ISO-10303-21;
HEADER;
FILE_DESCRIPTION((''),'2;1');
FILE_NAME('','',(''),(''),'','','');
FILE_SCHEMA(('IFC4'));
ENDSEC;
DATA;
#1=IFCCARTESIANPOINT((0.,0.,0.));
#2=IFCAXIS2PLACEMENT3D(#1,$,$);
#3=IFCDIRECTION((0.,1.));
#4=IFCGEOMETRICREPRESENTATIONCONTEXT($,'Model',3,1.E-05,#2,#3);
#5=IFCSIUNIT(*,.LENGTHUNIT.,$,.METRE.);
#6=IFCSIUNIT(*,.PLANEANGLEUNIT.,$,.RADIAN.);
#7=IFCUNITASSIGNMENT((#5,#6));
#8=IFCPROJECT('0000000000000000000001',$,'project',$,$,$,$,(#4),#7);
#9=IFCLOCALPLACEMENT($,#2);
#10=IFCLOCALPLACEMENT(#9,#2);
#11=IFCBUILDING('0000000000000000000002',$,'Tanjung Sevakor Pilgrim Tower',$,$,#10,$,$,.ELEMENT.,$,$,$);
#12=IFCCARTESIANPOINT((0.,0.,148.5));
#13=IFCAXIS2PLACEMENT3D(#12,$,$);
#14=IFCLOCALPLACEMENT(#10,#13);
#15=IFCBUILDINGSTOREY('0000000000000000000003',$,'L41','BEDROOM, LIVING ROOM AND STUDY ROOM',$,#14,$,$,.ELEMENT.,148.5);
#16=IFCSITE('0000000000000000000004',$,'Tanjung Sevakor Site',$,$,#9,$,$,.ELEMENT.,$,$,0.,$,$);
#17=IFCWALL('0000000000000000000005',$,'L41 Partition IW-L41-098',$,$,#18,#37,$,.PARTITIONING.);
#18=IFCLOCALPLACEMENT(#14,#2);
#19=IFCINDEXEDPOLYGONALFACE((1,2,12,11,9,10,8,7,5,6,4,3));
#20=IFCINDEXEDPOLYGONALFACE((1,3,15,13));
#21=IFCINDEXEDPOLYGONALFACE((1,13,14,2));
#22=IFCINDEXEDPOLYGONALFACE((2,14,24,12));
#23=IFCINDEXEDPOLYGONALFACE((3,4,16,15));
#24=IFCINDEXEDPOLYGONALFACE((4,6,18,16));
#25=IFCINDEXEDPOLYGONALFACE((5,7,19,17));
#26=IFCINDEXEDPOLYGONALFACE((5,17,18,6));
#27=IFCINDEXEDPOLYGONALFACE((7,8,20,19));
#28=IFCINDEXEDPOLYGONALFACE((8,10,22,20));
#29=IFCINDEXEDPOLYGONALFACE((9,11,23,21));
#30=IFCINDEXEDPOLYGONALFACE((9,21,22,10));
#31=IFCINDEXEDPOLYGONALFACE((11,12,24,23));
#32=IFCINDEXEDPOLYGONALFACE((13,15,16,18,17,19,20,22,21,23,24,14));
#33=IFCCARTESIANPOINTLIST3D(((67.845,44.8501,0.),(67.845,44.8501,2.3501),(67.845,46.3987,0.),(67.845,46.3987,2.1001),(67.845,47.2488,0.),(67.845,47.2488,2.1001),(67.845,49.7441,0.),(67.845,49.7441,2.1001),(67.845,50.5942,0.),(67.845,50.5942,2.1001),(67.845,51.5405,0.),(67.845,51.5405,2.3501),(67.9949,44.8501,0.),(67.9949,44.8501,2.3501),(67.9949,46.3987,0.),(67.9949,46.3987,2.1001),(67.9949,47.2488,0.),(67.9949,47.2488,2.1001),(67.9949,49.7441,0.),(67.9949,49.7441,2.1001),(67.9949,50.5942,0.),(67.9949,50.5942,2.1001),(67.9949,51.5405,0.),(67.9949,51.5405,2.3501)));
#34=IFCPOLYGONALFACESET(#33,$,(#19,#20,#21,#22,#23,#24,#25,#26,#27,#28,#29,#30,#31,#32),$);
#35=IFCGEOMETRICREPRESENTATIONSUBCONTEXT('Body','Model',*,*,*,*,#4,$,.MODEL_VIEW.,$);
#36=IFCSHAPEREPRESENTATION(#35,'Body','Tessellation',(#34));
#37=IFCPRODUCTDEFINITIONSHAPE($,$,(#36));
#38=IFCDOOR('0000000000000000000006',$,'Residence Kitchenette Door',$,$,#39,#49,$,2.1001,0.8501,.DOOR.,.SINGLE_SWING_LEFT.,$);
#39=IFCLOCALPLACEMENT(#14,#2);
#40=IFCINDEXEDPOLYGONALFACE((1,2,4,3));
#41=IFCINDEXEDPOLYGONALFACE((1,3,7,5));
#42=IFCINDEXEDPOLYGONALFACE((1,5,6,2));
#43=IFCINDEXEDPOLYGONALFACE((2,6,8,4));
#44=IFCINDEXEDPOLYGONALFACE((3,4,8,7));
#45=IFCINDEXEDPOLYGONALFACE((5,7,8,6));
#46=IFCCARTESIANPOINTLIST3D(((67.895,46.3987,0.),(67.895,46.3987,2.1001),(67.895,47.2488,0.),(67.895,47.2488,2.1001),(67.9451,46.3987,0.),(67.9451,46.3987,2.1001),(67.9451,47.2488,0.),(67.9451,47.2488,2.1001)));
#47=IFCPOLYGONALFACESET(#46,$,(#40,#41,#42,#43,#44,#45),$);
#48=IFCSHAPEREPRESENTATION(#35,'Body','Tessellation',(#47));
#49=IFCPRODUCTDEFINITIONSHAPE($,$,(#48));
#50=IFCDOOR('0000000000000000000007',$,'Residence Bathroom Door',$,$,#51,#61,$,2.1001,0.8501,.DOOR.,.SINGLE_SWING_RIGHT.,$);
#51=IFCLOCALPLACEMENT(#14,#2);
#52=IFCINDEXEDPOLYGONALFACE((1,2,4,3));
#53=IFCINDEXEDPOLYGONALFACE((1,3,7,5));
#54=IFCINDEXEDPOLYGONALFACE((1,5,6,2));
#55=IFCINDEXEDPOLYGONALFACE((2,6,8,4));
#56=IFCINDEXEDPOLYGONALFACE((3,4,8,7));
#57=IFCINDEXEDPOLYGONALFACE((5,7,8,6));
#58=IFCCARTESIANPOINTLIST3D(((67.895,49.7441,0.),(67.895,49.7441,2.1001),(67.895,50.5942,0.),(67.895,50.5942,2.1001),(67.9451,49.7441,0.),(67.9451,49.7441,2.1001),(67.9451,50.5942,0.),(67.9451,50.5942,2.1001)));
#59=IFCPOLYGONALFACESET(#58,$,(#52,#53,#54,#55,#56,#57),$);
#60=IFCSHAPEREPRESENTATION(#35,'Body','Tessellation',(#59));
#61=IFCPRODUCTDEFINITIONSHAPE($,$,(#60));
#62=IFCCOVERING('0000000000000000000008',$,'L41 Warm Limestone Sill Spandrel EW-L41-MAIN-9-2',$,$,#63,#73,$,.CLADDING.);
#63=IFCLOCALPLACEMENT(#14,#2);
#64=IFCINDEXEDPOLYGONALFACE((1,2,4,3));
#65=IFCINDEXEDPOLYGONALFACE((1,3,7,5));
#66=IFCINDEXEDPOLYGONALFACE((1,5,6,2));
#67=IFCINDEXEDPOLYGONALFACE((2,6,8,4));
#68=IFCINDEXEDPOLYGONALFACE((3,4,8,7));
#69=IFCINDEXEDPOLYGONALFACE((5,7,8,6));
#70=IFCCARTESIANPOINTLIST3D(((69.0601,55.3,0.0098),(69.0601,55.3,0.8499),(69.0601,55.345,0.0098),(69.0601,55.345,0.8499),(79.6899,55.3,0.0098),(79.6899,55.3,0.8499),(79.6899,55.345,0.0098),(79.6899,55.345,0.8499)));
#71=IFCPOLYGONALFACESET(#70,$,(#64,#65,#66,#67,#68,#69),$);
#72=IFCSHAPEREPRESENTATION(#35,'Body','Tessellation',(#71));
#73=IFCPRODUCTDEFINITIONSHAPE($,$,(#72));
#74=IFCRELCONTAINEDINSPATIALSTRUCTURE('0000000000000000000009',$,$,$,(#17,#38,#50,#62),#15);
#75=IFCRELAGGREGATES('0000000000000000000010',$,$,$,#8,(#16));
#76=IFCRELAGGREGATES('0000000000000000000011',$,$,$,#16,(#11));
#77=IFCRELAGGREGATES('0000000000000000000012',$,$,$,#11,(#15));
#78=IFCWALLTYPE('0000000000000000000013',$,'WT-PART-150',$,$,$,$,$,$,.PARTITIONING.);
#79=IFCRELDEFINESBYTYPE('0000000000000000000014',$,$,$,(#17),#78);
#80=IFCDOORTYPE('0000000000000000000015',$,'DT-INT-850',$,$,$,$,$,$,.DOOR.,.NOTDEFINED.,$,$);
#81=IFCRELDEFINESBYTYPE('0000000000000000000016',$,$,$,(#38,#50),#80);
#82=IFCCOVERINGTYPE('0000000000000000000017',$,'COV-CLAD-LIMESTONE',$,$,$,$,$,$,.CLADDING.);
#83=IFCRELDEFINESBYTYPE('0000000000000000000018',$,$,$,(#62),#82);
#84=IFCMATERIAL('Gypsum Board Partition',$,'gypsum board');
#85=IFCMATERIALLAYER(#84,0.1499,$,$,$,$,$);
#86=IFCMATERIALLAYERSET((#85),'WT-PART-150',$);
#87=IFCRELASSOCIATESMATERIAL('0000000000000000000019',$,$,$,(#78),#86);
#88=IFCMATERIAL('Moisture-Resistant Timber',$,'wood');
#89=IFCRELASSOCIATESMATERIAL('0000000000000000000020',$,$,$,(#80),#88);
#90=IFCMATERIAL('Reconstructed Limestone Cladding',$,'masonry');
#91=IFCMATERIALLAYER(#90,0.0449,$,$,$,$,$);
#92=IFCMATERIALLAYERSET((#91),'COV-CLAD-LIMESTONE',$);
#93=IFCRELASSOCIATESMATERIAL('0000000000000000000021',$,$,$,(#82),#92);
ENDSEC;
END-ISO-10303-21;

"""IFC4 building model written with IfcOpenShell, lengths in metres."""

from ifc_helpers import new_model, si_unit, direction, frame, frame_2d, origin, origin_2d, place, context, subcontext, project, spatial, rectangle, extrude, material, layer, layer_set, type_object, element, fill, save


model = new_model("IFC4")

# Units and contexts
model_context = context("Model", 3, precision=1e-05, world=origin(), true_north=direction((0.0, 1.0)))
body_context = subcontext(model_context, "Body", "Model", "MODEL_VIEW")
ifc_project = project(units=[si_unit("LENGTHUNIT", "METRE"), si_unit("PLANEANGLEUNIT", "RADIAN")], contexts=[model_context])

# Site, building, storey
site_placement = place(None, origin())
site = spatial("IfcSite", under=ifc_project, at=site_placement, Name="Tanjung Sevakor Site", CompositionType="ELEMENT", RefElevation=0.0)
building_placement = place(site_placement, origin())
building = spatial("IfcBuilding", under=site, at=building_placement, Name="Tanjung Sevakor Pilgrim Tower", CompositionType="ELEMENT")
storey_placement = place(building_placement, frame((0.0, 0.0, 148.5)))
storey = spatial("IfcBuildingStorey", under=building, at=storey_placement, Name="L41", Description="BEDROOM, LIVING ROOM AND STUDY ROOM", CompositionType="ELEMENT", Elevation=148.5)

# Wall, openings, doors
ifc_material_1 = material(Name="Gypsum Board Partition", Category="gypsum board")
ifc_layer_1 = layer(ifc_material_1, 0.1499)
ifc_layer_set_1 = layer_set([ifc_layer_1], Name="WT-PART-150")
wall_type_1 = type_object("IfcWallType", Name="WT-PART-150", PredefinedType="PARTITIONING", material=ifc_layer_set_1)
wall_1_placement = place(storey_placement, frame((67.9199, 44.8501, 0.0), z_axis=(0.0, 0.0, 1.0), x_axis=(0.0, 1.0, 0.0)))
wall_1 = element("IfcWall", 1, at=wall_1_placement, inside=storey, type_object=wall_type_1, Name="L41 Partition IW-L41-098", PredefinedType="PARTITIONING", context=body_context, shape_type="SweptSolid", body=[
    extrude(rectangle(XDim=6.6904, YDim=0.1499, at=frame_2d((3.3452, 0.0))), origin(), (0.0, 0.0, 1.0), 2.3501),
])
opening_1_placement = place(wall_1_placement, frame((1.5486, 0.0, 0.0)))
opening_1 = element("IfcOpeningElement", 2, at=opening_1_placement, cuts=wall_1, PredefinedType="OPENING", context=body_context, shape_type="SweptSolid", body=[
    extrude(rectangle(XDim=0.8501, YDim=2.1001, at=frame_2d((0.425, 1.05))), frame((0.0, 0.085, 0.0), z_axis=(0.0, -1.0, 0.0), x_axis=(1.0, 0.0, 0.0)), (0.0, 0.0, 1.0), 0.1699),
])
opening_2_placement = place(wall_1_placement, frame((4.894, 0.0, 0.0)))
opening_2 = element("IfcOpeningElement", 3, at=opening_2_placement, cuts=wall_1, PredefinedType="OPENING", context=body_context, shape_type="SweptSolid", body=[
    extrude(rectangle(XDim=0.8501, YDim=2.1001, at=frame_2d((0.425, 1.05))), frame((0.0, 0.085, 0.0), z_axis=(0.0, -1.0, 0.0), x_axis=(1.0, 0.0, 0.0)), (0.0, 0.0, 1.0), 0.1699),
])
ifc_material_2 = material(Name="Moisture-Resistant Timber", Category="wood")
door_type_1 = type_object("IfcDoorType", Name="DT-INT-850", OperationType="NOTDEFINED", PredefinedType="DOOR", material=ifc_material_2)
door_1_placement = place(opening_1_placement, origin())
door_1 = element("IfcDoor", 4, at=door_1_placement, inside=storey, type_object=door_type_1, Name="Residence Kitchenette Door", OperationType="SINGLE_SWING_LEFT", OverallHeight=2.1001, OverallWidth=0.8501, PredefinedType="DOOR", context=body_context, shape_type="SweptSolid", body=[
    extrude(rectangle(XDim=0.8501, YDim=2.1001, at=frame_2d((0.425, 1.05))), frame((0.0, 0.0249, 0.0), z_axis=(0.0, -1.0, 0.0), x_axis=(1.0, 0.0, 0.0)), (0.0, 0.0, 1.0), 0.05),
])
fill(opening_1, door_1)
door_2_placement = place(opening_2_placement, origin())
door_2 = element("IfcDoor", 5, at=door_2_placement, inside=storey, type_object=door_type_1, Name="Residence Bathroom Door", OperationType="SINGLE_SWING_RIGHT", OverallHeight=2.1001, OverallWidth=0.8501, PredefinedType="DOOR", context=body_context, shape_type="SweptSolid", body=[
    extrude(rectangle(XDim=0.8501, YDim=2.1001, at=frame_2d((0.425, 1.05))), frame((0.0, 0.0249, 0.0), z_axis=(0.0, -1.0, 0.0), x_axis=(1.0, 0.0, 0.0)), (0.0, 0.0, 1.0), 0.05),
])
fill(opening_2, door_2)

# Covering
ifc_material_3 = material(Name="Reconstructed Limestone Cladding", Category="masonry")
ifc_layer_2 = layer(ifc_material_3, 0.0449)
ifc_layer_set_2 = layer_set([ifc_layer_2], Name="COV-CLAD-LIMESTONE")
covering_type = type_object("IfcCoveringType", Name="COV-CLAD-LIMESTONE", PredefinedType="CLADDING", material=ifc_layer_set_2)
covering_placement = place(storey_placement, frame((74.375, 55.3225, 0.0098), z_axis=(0.0, 0.0, 1.0), x_axis=(-1.0, 0.0, 0.0)))
element("IfcCovering", 6, at=covering_placement, inside=storey, type_object=covering_type, Name="L41 Warm Limestone Sill Spandrel EW-L41-MAIN-9-2", PredefinedType="CLADDING", context=body_context, shape_type="SweptSolid", body=[
    extrude(rectangle(XDim=10.6299, YDim=0.0449, at=origin_2d()), origin(), (0.0, 0.0, 1.0), 0.8401),
])

save(model, "model.ifc")
